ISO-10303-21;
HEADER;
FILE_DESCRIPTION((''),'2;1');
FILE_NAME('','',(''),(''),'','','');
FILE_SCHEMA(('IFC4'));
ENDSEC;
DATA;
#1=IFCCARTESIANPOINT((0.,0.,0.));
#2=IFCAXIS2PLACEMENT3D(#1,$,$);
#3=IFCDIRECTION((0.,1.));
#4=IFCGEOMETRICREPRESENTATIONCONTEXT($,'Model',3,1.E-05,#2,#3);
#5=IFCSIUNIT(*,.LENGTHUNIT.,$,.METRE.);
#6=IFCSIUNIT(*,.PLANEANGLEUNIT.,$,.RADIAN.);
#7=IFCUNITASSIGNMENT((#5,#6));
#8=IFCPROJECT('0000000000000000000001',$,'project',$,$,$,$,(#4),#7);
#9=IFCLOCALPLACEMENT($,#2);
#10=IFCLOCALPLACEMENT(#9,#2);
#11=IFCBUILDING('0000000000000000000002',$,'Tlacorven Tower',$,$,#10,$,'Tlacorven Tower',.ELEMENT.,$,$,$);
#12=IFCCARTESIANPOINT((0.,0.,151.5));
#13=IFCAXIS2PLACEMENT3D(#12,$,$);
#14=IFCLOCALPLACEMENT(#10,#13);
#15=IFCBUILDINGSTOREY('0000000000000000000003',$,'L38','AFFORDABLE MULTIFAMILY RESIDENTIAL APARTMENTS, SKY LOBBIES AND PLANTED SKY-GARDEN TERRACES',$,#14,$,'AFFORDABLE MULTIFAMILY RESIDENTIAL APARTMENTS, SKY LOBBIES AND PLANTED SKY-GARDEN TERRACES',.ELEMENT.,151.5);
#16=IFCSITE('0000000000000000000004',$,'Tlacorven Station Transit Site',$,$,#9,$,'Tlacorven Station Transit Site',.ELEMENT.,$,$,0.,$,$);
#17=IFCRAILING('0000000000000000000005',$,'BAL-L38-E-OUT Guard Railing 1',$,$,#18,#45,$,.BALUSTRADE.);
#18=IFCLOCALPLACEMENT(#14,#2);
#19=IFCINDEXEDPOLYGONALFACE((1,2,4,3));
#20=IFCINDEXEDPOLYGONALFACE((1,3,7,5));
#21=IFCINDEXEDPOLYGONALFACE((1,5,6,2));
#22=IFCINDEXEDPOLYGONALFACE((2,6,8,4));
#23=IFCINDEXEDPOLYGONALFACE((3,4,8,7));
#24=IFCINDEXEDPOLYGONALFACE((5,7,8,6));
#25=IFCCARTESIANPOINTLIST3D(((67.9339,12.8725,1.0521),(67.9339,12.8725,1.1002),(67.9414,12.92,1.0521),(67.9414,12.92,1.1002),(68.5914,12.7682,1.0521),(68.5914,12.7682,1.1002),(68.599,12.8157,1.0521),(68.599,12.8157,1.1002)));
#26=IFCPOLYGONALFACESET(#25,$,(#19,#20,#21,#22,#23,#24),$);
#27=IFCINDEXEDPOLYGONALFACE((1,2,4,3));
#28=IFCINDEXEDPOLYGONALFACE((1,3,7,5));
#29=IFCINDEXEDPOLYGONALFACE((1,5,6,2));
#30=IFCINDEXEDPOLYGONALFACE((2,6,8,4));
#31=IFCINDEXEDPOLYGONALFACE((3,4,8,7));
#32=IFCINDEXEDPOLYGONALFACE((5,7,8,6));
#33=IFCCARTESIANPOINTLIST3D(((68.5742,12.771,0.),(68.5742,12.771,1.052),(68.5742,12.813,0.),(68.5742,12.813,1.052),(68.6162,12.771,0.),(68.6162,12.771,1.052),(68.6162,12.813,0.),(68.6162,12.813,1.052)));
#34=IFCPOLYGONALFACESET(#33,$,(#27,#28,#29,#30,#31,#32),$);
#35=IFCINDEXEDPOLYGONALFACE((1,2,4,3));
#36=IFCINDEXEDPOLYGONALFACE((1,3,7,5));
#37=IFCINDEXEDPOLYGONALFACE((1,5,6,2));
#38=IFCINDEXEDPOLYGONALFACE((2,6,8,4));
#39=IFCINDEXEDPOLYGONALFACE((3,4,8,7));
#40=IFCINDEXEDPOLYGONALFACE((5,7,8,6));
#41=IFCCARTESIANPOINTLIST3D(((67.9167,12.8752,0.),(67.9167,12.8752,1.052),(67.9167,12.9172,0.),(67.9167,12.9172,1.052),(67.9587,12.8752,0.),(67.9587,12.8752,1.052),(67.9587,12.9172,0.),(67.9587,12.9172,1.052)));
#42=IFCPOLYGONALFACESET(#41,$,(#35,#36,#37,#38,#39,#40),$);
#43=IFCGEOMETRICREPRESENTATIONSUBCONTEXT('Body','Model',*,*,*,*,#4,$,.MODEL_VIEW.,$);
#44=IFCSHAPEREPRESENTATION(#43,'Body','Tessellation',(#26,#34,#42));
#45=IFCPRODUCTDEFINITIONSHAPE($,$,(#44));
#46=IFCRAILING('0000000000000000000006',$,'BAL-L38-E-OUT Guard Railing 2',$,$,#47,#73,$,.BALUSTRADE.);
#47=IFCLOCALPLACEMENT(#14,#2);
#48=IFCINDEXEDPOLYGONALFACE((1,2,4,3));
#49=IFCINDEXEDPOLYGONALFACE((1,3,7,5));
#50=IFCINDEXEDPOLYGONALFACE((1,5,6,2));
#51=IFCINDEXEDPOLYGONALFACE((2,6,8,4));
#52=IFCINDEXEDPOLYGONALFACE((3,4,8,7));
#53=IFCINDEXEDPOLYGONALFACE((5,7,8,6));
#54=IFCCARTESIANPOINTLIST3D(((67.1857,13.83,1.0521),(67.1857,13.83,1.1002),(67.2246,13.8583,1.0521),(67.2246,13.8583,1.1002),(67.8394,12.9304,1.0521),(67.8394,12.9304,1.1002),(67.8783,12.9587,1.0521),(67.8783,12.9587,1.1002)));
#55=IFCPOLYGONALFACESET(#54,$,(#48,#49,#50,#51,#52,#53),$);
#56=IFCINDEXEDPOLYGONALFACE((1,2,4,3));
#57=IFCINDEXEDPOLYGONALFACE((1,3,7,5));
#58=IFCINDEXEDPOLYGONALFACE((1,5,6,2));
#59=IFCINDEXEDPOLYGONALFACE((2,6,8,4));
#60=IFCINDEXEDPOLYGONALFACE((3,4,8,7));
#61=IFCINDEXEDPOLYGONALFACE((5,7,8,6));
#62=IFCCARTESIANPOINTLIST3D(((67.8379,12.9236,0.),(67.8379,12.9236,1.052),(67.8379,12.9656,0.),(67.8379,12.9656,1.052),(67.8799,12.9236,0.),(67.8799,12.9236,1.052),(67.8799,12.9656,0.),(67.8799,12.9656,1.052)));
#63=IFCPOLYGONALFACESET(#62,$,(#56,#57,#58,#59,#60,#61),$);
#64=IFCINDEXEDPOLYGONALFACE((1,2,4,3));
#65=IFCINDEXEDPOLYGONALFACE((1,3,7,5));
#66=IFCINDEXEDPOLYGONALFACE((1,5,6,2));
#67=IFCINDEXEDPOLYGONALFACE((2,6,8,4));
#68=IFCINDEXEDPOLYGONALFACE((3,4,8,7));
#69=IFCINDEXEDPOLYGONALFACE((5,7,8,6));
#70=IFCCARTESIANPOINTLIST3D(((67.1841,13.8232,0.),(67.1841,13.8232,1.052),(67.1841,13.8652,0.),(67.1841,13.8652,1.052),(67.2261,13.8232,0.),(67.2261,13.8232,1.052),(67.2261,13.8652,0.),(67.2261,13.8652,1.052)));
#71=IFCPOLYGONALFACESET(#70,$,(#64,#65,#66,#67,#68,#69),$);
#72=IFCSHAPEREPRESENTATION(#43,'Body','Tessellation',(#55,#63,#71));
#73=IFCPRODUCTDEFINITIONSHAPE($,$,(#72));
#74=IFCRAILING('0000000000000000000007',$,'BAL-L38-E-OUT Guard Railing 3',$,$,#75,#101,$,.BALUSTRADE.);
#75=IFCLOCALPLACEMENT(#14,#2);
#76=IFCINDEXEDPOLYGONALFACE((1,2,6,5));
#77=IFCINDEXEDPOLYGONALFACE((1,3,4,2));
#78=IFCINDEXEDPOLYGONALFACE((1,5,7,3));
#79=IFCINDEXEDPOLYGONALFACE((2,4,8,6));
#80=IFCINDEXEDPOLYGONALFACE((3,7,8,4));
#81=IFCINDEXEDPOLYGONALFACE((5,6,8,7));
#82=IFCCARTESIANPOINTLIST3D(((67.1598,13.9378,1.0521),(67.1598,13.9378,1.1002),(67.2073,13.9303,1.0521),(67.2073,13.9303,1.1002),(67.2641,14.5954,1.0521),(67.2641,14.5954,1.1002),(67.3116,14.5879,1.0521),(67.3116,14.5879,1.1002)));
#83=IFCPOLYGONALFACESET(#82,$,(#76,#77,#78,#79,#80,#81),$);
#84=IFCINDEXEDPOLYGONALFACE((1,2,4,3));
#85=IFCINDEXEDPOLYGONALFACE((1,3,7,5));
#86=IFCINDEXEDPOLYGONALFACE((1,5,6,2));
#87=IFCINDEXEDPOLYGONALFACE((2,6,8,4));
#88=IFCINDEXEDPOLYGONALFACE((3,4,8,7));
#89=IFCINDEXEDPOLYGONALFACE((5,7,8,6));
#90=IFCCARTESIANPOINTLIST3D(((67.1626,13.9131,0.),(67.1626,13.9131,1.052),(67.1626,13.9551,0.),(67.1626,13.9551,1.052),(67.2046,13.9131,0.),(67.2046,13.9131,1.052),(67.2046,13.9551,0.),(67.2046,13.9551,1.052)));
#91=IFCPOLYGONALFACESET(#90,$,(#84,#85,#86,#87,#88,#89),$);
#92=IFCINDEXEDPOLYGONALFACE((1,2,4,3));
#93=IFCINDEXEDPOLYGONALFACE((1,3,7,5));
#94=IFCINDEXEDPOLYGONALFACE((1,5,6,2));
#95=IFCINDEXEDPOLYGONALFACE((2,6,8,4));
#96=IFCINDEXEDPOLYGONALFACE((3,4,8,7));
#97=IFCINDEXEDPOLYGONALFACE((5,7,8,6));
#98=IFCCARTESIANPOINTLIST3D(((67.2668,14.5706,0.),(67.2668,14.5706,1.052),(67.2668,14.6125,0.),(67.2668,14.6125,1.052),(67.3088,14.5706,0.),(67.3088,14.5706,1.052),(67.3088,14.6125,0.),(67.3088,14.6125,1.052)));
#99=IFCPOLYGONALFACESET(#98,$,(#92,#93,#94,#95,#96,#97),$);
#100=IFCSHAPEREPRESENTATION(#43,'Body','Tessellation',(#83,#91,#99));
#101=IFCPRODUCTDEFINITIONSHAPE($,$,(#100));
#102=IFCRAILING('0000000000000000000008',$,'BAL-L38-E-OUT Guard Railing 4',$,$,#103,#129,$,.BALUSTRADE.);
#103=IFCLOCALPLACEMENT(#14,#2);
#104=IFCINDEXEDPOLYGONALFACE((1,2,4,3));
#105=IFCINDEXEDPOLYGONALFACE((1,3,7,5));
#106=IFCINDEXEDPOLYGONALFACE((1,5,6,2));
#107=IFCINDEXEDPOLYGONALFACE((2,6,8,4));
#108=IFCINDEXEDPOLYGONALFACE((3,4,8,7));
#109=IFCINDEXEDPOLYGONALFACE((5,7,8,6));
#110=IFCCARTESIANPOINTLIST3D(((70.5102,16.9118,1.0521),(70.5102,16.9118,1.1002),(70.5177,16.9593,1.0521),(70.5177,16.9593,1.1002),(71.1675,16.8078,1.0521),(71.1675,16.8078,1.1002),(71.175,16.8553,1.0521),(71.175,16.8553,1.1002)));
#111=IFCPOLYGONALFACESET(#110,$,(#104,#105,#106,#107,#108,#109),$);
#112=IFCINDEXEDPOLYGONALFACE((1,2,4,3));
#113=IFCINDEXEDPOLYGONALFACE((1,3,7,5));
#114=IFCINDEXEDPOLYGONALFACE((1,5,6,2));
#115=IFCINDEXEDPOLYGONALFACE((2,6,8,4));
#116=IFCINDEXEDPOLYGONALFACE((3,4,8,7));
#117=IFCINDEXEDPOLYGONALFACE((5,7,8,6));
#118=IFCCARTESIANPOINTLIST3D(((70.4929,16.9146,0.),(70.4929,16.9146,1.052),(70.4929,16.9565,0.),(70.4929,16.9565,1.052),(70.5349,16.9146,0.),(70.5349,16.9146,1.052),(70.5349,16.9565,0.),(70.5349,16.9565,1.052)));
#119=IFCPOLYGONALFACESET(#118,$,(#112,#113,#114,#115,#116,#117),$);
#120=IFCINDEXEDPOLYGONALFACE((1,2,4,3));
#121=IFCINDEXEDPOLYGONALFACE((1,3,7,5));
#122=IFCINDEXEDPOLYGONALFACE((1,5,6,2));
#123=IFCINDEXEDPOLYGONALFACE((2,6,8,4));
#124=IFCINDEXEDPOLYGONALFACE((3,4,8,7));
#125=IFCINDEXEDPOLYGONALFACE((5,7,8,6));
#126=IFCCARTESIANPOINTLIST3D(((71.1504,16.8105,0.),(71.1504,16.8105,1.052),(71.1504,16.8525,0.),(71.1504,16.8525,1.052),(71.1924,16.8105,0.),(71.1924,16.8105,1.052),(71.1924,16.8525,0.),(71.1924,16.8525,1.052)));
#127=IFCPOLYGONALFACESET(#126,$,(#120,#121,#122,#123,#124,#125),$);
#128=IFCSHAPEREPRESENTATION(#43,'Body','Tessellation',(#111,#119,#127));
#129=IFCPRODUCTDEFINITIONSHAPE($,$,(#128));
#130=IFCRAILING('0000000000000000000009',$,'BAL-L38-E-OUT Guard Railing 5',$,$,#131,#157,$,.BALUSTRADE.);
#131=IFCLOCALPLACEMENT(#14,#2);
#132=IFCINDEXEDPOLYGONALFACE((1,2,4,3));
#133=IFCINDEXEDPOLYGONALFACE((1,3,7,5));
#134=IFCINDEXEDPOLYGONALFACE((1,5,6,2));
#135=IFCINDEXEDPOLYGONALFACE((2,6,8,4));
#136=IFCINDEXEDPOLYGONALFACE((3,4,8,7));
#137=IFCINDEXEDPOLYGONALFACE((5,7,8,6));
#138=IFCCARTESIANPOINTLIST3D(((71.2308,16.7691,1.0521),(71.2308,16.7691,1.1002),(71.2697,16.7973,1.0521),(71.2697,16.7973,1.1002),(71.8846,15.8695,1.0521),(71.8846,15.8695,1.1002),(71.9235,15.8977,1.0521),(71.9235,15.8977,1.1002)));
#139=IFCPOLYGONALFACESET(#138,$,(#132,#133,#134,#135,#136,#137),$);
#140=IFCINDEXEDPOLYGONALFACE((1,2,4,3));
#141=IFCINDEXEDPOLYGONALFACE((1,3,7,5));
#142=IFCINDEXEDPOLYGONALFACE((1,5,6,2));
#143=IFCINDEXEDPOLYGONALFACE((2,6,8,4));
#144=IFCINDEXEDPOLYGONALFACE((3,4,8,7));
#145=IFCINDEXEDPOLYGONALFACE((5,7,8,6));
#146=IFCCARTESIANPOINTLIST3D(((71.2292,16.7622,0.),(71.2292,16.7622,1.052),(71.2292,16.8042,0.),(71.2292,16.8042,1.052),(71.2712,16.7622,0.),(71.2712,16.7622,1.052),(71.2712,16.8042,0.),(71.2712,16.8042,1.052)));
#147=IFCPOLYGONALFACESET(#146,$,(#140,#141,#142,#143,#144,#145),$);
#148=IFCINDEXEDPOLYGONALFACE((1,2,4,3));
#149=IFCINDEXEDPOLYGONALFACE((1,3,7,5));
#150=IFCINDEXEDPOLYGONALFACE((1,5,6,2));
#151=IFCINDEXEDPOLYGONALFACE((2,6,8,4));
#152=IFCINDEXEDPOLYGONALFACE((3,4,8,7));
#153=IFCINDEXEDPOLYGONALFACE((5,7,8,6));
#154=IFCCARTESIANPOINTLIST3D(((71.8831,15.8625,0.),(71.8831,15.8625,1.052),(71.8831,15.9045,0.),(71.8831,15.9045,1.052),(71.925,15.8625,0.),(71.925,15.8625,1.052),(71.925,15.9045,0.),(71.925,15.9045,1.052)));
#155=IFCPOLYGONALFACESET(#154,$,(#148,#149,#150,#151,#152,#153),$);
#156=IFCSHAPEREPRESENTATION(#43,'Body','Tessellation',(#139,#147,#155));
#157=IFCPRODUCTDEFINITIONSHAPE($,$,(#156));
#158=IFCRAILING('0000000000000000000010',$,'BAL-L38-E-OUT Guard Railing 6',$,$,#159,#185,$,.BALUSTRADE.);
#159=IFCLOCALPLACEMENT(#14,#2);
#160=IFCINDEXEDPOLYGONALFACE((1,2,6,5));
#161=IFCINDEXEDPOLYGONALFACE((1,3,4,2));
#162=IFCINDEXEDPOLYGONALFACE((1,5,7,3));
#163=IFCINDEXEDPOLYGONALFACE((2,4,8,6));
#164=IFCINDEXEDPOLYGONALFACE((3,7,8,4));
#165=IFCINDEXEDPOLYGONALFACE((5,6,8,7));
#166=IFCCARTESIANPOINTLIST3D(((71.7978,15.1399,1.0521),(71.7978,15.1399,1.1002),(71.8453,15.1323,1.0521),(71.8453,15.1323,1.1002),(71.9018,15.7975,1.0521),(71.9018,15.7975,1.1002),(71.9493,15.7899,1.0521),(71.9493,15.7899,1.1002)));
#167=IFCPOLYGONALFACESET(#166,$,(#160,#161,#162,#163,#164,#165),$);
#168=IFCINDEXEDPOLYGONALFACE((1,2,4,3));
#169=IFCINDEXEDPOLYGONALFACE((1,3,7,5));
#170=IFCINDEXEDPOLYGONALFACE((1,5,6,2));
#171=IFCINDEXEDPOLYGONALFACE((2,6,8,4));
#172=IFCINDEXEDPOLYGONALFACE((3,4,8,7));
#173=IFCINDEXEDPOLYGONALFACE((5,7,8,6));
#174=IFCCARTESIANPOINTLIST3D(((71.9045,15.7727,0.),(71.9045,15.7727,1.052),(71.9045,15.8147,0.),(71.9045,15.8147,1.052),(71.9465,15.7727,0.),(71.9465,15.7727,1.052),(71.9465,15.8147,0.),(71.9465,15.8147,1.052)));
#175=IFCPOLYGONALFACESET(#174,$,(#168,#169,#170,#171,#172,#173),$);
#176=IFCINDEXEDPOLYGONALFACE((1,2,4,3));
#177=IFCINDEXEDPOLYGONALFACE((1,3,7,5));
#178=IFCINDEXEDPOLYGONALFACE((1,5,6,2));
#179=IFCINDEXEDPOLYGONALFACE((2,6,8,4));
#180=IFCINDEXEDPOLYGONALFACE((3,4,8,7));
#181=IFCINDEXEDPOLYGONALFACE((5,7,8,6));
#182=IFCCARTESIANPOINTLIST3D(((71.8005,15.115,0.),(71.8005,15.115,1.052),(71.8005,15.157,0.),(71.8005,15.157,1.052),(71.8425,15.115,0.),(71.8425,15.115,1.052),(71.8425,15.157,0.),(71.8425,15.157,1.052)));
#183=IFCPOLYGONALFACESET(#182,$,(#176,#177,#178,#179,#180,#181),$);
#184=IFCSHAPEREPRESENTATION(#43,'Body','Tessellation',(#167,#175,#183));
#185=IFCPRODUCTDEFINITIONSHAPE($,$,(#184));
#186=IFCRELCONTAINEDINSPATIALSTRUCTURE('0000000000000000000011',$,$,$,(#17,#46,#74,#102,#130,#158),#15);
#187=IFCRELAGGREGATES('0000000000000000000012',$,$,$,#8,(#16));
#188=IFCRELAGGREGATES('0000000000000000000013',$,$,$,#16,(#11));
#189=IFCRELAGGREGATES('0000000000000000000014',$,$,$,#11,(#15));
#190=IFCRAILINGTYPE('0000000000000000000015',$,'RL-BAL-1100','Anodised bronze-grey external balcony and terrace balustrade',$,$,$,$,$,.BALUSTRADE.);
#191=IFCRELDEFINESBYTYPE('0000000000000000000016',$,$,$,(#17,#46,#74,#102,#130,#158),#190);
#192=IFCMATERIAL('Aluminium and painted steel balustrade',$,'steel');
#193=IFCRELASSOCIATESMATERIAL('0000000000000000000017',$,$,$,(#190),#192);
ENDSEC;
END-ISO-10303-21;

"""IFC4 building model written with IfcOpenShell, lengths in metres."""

from ifc_helpers import new_model, si_unit, direction, frame, origin, origin_2d, place, context, subcontext, project, spatial, rectangle, extrude, source, transform, mapped, material, type_object, element, save


model = new_model("IFC4")

# Units and contexts
model_context = context("Model", 3, precision=1e-05, world=origin(), true_north=direction((0.0, 1.0)))
body_context = subcontext(model_context, "Body", "Model", "MODEL_VIEW")
ifc_project = project(units=[si_unit("LENGTHUNIT", "METRE"), si_unit("PLANEANGLEUNIT", "RADIAN")], contexts=[model_context])

# Site, building, storey
site_placement = place(None, origin())
site = spatial("IfcSite", under=ifc_project, at=site_placement, Name="Tlacorven Station Transit Site", LongName="Tlacorven Station Transit Site", CompositionType="ELEMENT", RefElevation=0.0)
building_placement = place(site_placement, origin())
building = spatial("IfcBuilding", under=site, at=building_placement, Name="Tlacorven Tower", LongName="Tlacorven Tower", CompositionType="ELEMENT")
storey_placement = place(building_placement, frame((0.0, 0.0, 151.5)))
storey = spatial("IfcBuildingStorey", under=building, at=storey_placement, Name="L38", Description="AFFORDABLE MULTIFAMILY RESIDENTIAL APARTMENTS, SKY LOBBIES AND PLANTED SKY-GARDEN TERRACES", LongName="AFFORDABLE MULTIFAMILY RESIDENTIAL APARTMENTS, SKY LOBBIES AND PLANTED SKY-GARDEN TERRACES", CompositionType="ELEMENT", Elevation=151.5)

# Railings
ifc_material_1 = material(Name="Aluminium and painted steel balustrade", Category="steel")
railing_type_1 = type_object("IfcRailingType", Name="RL-BAL-1100", Description="Anodised bronze-grey external balcony and terrace balustrade", PredefinedType="BALUSTRADE", material=ifc_material_1)
shared_shape_1 = source(origin(), body_context, "Body", "SweptSolid", [
    extrude(rectangle(XDim=0.0481, YDim=0.0481, at=origin_2d()), frame((0.0, 0.0, 1.0762), z_axis=(-0.987662, 0.156603, 0.0), x_axis=(-0.156603, -0.987662, 0.0)), (0.0, 0.0, 1.0), 0.6658),
    extrude(rectangle(XDim=0.042, YDim=0.042, at=origin_2d()), origin(), (0.0, 0.0, 1.0), 1.052),
    extrude(rectangle(XDim=0.042, YDim=0.042, at=origin_2d()), frame((-0.6575, 0.1042, 0.0)), (0.0, 0.0, 1.0), 1.052),
])
railing_1_placement = place(storey_placement, frame((68.5952, 12.792, 0.0)))
element("IfcRailing", 1, at=railing_1_placement, inside=storey, type_object=railing_type_1, Name="BAL-L38-E-OUT Guard Railing 1", PredefinedType="BALUSTRADE", context=body_context, shape_type="MappedRepresentation", body=[
    mapped(shared_shape_1, transform((0.0, 0.0, 0.0), scale=1.0)),
])
shared_shape_2 = source(origin(), body_context, "Body", "SweptSolid", [
    extrude(rectangle(XDim=0.0481, YDim=0.0481, at=origin_2d()), frame((0.0, 0.0, 1.0762), z_axis=(-0.587884, 0.808945, 0.0), x_axis=(-0.808945, -0.587884, 0.0)), (0.0, 0.0, 1.0), 1.1121),
    extrude(rectangle(XDim=0.042, YDim=0.042, at=origin_2d()), origin(), (0.0, 0.0, 1.0), 1.052),
    extrude(rectangle(XDim=0.042, YDim=0.042, at=origin_2d()), frame((-0.6538, 0.8997, 0.0)), (0.0, 0.0, 1.0), 1.052),
])
railing_2_placement = place(storey_placement, frame((67.8589, 12.9446, 0.0)))
element("IfcRailing", 2, at=railing_2_placement, inside=storey, type_object=railing_type_1, Name="BAL-L38-E-OUT Guard Railing 2", PredefinedType="BALUSTRADE", context=body_context, shape_type="MappedRepresentation", body=[
    mapped(shared_shape_2, transform((0.0, 0.0, 0.0), scale=1.0)),
])
shared_shape_3 = source(origin(), body_context, "Body", "SweptSolid", [
    extrude(rectangle(XDim=0.0481, YDim=0.0481, at=origin_2d()), frame((0.0, 0.0, 1.0762), z_axis=(0.156603, 0.987662, 0.0), x_axis=(-0.987662, 0.156603, 0.0)), (0.0, 0.0, 1.0), 0.6658),
    extrude(rectangle(XDim=0.042, YDim=0.042, at=origin_2d()), origin(), (0.0, 0.0, 1.0), 1.052),
    extrude(rectangle(XDim=0.042, YDim=0.042, at=origin_2d()), frame((0.1042, 0.6575, 0.0)), (0.0, 0.0, 1.0), 1.052),
])
railing_3_placement = place(storey_placement, frame((67.1836, 13.9341, 0.0)))
element("IfcRailing", 3, at=railing_3_placement, inside=storey, type_object=railing_type_1, Name="BAL-L38-E-OUT Guard Railing 3", PredefinedType="BALUSTRADE", context=body_context, shape_type="MappedRepresentation", body=[
    mapped(shared_shape_3, transform((0.0, 0.0, 0.0), scale=1.0)),
])
shared_shape_4 = source(origin(), body_context, "Body", "SweptSolid", [
    extrude(rectangle(XDim=0.0481, YDim=0.0481, at=origin_2d()), frame((0.0, 0.0, 1.0762), z_axis=(0.987718, -0.156245, 0.0), x_axis=(0.156245, 0.987718, 0.0)), (0.0, 0.0, 1.0), 0.6655),
    extrude(rectangle(XDim=0.042, YDim=0.042, at=origin_2d()), origin(), (0.0, 0.0, 1.0), 1.052),
    extrude(rectangle(XDim=0.042, YDim=0.042, at=origin_2d()), frame((0.6575, -0.104, 0.0)), (0.0, 0.0, 1.0), 1.052),
])
railing_4_placement = place(storey_placement, frame((70.5139, 16.9355, 0.0)))
element("IfcRailing", 4, at=railing_4_placement, inside=storey, type_object=railing_type_1, Name="BAL-L38-E-OUT Guard Railing 4", PredefinedType="BALUSTRADE", context=body_context, shape_type="MappedRepresentation", body=[
    mapped(shared_shape_4, transform((0.0, 0.0, 0.0), scale=1.0)),
])
shared_shape_5 = source(origin(), body_context, "Body", "SweptSolid", [
    extrude(rectangle(XDim=0.0481, YDim=0.0481, at=origin_2d()), frame((0.0, 0.0, 1.0762), z_axis=(0.587884, -0.808945, 0.0), x_axis=(0.808945, 0.587884, 0.0)), (0.0, 0.0, 1.0), 1.1121),
    extrude(rectangle(XDim=0.042, YDim=0.042, at=origin_2d()), origin(), (0.0, 0.0, 1.0), 1.052),
    extrude(rectangle(XDim=0.042, YDim=0.042, at=origin_2d()), frame((0.6538, -0.8997, 0.0)), (0.0, 0.0, 1.0), 1.052),
])
railing_5_placement = place(storey_placement, frame((71.2502, 16.7832, 0.0)))
element("IfcRailing", 5, at=railing_5_placement, inside=storey, type_object=railing_type_1, Name="BAL-L38-E-OUT Guard Railing 5", PredefinedType="BALUSTRADE", context=body_context, shape_type="MappedRepresentation", body=[
    mapped(shared_shape_5, transform((0.0, 0.0, 0.0), scale=1.0)),
])
shared_shape_6 = source(origin(), body_context, "Body", "SweptSolid", [
    extrude(rectangle(XDim=0.0481, YDim=0.0481, at=origin_2d()), frame((0.0, 0.0, 1.0762), z_axis=(-0.156188, -0.987727, 0.0), x_axis=(0.987727, -0.156188, 0.0)), (0.0, 0.0, 1.0), 0.6658),
    extrude(rectangle(XDim=0.042, YDim=0.042, at=origin_2d()), origin(), (0.0, 0.0, 1.0), 1.052),
    extrude(rectangle(XDim=0.042, YDim=0.042, at=origin_2d()), frame((-0.104, -0.6577, 0.0)), (0.0, 0.0, 1.0), 1.052),
])
railing_6_placement = place(storey_placement, frame((71.9255, 15.7937, 0.0)))
element("IfcRailing", 6, at=railing_6_placement, inside=storey, type_object=railing_type_1, Name="BAL-L38-E-OUT Guard Railing 6", PredefinedType="BALUSTRADE", context=body_context, shape_type="MappedRepresentation", body=[
    mapped(shared_shape_6, transform((0.0, 0.0, 0.0), scale=1.0)),
])

save(model, "model.ifc")
